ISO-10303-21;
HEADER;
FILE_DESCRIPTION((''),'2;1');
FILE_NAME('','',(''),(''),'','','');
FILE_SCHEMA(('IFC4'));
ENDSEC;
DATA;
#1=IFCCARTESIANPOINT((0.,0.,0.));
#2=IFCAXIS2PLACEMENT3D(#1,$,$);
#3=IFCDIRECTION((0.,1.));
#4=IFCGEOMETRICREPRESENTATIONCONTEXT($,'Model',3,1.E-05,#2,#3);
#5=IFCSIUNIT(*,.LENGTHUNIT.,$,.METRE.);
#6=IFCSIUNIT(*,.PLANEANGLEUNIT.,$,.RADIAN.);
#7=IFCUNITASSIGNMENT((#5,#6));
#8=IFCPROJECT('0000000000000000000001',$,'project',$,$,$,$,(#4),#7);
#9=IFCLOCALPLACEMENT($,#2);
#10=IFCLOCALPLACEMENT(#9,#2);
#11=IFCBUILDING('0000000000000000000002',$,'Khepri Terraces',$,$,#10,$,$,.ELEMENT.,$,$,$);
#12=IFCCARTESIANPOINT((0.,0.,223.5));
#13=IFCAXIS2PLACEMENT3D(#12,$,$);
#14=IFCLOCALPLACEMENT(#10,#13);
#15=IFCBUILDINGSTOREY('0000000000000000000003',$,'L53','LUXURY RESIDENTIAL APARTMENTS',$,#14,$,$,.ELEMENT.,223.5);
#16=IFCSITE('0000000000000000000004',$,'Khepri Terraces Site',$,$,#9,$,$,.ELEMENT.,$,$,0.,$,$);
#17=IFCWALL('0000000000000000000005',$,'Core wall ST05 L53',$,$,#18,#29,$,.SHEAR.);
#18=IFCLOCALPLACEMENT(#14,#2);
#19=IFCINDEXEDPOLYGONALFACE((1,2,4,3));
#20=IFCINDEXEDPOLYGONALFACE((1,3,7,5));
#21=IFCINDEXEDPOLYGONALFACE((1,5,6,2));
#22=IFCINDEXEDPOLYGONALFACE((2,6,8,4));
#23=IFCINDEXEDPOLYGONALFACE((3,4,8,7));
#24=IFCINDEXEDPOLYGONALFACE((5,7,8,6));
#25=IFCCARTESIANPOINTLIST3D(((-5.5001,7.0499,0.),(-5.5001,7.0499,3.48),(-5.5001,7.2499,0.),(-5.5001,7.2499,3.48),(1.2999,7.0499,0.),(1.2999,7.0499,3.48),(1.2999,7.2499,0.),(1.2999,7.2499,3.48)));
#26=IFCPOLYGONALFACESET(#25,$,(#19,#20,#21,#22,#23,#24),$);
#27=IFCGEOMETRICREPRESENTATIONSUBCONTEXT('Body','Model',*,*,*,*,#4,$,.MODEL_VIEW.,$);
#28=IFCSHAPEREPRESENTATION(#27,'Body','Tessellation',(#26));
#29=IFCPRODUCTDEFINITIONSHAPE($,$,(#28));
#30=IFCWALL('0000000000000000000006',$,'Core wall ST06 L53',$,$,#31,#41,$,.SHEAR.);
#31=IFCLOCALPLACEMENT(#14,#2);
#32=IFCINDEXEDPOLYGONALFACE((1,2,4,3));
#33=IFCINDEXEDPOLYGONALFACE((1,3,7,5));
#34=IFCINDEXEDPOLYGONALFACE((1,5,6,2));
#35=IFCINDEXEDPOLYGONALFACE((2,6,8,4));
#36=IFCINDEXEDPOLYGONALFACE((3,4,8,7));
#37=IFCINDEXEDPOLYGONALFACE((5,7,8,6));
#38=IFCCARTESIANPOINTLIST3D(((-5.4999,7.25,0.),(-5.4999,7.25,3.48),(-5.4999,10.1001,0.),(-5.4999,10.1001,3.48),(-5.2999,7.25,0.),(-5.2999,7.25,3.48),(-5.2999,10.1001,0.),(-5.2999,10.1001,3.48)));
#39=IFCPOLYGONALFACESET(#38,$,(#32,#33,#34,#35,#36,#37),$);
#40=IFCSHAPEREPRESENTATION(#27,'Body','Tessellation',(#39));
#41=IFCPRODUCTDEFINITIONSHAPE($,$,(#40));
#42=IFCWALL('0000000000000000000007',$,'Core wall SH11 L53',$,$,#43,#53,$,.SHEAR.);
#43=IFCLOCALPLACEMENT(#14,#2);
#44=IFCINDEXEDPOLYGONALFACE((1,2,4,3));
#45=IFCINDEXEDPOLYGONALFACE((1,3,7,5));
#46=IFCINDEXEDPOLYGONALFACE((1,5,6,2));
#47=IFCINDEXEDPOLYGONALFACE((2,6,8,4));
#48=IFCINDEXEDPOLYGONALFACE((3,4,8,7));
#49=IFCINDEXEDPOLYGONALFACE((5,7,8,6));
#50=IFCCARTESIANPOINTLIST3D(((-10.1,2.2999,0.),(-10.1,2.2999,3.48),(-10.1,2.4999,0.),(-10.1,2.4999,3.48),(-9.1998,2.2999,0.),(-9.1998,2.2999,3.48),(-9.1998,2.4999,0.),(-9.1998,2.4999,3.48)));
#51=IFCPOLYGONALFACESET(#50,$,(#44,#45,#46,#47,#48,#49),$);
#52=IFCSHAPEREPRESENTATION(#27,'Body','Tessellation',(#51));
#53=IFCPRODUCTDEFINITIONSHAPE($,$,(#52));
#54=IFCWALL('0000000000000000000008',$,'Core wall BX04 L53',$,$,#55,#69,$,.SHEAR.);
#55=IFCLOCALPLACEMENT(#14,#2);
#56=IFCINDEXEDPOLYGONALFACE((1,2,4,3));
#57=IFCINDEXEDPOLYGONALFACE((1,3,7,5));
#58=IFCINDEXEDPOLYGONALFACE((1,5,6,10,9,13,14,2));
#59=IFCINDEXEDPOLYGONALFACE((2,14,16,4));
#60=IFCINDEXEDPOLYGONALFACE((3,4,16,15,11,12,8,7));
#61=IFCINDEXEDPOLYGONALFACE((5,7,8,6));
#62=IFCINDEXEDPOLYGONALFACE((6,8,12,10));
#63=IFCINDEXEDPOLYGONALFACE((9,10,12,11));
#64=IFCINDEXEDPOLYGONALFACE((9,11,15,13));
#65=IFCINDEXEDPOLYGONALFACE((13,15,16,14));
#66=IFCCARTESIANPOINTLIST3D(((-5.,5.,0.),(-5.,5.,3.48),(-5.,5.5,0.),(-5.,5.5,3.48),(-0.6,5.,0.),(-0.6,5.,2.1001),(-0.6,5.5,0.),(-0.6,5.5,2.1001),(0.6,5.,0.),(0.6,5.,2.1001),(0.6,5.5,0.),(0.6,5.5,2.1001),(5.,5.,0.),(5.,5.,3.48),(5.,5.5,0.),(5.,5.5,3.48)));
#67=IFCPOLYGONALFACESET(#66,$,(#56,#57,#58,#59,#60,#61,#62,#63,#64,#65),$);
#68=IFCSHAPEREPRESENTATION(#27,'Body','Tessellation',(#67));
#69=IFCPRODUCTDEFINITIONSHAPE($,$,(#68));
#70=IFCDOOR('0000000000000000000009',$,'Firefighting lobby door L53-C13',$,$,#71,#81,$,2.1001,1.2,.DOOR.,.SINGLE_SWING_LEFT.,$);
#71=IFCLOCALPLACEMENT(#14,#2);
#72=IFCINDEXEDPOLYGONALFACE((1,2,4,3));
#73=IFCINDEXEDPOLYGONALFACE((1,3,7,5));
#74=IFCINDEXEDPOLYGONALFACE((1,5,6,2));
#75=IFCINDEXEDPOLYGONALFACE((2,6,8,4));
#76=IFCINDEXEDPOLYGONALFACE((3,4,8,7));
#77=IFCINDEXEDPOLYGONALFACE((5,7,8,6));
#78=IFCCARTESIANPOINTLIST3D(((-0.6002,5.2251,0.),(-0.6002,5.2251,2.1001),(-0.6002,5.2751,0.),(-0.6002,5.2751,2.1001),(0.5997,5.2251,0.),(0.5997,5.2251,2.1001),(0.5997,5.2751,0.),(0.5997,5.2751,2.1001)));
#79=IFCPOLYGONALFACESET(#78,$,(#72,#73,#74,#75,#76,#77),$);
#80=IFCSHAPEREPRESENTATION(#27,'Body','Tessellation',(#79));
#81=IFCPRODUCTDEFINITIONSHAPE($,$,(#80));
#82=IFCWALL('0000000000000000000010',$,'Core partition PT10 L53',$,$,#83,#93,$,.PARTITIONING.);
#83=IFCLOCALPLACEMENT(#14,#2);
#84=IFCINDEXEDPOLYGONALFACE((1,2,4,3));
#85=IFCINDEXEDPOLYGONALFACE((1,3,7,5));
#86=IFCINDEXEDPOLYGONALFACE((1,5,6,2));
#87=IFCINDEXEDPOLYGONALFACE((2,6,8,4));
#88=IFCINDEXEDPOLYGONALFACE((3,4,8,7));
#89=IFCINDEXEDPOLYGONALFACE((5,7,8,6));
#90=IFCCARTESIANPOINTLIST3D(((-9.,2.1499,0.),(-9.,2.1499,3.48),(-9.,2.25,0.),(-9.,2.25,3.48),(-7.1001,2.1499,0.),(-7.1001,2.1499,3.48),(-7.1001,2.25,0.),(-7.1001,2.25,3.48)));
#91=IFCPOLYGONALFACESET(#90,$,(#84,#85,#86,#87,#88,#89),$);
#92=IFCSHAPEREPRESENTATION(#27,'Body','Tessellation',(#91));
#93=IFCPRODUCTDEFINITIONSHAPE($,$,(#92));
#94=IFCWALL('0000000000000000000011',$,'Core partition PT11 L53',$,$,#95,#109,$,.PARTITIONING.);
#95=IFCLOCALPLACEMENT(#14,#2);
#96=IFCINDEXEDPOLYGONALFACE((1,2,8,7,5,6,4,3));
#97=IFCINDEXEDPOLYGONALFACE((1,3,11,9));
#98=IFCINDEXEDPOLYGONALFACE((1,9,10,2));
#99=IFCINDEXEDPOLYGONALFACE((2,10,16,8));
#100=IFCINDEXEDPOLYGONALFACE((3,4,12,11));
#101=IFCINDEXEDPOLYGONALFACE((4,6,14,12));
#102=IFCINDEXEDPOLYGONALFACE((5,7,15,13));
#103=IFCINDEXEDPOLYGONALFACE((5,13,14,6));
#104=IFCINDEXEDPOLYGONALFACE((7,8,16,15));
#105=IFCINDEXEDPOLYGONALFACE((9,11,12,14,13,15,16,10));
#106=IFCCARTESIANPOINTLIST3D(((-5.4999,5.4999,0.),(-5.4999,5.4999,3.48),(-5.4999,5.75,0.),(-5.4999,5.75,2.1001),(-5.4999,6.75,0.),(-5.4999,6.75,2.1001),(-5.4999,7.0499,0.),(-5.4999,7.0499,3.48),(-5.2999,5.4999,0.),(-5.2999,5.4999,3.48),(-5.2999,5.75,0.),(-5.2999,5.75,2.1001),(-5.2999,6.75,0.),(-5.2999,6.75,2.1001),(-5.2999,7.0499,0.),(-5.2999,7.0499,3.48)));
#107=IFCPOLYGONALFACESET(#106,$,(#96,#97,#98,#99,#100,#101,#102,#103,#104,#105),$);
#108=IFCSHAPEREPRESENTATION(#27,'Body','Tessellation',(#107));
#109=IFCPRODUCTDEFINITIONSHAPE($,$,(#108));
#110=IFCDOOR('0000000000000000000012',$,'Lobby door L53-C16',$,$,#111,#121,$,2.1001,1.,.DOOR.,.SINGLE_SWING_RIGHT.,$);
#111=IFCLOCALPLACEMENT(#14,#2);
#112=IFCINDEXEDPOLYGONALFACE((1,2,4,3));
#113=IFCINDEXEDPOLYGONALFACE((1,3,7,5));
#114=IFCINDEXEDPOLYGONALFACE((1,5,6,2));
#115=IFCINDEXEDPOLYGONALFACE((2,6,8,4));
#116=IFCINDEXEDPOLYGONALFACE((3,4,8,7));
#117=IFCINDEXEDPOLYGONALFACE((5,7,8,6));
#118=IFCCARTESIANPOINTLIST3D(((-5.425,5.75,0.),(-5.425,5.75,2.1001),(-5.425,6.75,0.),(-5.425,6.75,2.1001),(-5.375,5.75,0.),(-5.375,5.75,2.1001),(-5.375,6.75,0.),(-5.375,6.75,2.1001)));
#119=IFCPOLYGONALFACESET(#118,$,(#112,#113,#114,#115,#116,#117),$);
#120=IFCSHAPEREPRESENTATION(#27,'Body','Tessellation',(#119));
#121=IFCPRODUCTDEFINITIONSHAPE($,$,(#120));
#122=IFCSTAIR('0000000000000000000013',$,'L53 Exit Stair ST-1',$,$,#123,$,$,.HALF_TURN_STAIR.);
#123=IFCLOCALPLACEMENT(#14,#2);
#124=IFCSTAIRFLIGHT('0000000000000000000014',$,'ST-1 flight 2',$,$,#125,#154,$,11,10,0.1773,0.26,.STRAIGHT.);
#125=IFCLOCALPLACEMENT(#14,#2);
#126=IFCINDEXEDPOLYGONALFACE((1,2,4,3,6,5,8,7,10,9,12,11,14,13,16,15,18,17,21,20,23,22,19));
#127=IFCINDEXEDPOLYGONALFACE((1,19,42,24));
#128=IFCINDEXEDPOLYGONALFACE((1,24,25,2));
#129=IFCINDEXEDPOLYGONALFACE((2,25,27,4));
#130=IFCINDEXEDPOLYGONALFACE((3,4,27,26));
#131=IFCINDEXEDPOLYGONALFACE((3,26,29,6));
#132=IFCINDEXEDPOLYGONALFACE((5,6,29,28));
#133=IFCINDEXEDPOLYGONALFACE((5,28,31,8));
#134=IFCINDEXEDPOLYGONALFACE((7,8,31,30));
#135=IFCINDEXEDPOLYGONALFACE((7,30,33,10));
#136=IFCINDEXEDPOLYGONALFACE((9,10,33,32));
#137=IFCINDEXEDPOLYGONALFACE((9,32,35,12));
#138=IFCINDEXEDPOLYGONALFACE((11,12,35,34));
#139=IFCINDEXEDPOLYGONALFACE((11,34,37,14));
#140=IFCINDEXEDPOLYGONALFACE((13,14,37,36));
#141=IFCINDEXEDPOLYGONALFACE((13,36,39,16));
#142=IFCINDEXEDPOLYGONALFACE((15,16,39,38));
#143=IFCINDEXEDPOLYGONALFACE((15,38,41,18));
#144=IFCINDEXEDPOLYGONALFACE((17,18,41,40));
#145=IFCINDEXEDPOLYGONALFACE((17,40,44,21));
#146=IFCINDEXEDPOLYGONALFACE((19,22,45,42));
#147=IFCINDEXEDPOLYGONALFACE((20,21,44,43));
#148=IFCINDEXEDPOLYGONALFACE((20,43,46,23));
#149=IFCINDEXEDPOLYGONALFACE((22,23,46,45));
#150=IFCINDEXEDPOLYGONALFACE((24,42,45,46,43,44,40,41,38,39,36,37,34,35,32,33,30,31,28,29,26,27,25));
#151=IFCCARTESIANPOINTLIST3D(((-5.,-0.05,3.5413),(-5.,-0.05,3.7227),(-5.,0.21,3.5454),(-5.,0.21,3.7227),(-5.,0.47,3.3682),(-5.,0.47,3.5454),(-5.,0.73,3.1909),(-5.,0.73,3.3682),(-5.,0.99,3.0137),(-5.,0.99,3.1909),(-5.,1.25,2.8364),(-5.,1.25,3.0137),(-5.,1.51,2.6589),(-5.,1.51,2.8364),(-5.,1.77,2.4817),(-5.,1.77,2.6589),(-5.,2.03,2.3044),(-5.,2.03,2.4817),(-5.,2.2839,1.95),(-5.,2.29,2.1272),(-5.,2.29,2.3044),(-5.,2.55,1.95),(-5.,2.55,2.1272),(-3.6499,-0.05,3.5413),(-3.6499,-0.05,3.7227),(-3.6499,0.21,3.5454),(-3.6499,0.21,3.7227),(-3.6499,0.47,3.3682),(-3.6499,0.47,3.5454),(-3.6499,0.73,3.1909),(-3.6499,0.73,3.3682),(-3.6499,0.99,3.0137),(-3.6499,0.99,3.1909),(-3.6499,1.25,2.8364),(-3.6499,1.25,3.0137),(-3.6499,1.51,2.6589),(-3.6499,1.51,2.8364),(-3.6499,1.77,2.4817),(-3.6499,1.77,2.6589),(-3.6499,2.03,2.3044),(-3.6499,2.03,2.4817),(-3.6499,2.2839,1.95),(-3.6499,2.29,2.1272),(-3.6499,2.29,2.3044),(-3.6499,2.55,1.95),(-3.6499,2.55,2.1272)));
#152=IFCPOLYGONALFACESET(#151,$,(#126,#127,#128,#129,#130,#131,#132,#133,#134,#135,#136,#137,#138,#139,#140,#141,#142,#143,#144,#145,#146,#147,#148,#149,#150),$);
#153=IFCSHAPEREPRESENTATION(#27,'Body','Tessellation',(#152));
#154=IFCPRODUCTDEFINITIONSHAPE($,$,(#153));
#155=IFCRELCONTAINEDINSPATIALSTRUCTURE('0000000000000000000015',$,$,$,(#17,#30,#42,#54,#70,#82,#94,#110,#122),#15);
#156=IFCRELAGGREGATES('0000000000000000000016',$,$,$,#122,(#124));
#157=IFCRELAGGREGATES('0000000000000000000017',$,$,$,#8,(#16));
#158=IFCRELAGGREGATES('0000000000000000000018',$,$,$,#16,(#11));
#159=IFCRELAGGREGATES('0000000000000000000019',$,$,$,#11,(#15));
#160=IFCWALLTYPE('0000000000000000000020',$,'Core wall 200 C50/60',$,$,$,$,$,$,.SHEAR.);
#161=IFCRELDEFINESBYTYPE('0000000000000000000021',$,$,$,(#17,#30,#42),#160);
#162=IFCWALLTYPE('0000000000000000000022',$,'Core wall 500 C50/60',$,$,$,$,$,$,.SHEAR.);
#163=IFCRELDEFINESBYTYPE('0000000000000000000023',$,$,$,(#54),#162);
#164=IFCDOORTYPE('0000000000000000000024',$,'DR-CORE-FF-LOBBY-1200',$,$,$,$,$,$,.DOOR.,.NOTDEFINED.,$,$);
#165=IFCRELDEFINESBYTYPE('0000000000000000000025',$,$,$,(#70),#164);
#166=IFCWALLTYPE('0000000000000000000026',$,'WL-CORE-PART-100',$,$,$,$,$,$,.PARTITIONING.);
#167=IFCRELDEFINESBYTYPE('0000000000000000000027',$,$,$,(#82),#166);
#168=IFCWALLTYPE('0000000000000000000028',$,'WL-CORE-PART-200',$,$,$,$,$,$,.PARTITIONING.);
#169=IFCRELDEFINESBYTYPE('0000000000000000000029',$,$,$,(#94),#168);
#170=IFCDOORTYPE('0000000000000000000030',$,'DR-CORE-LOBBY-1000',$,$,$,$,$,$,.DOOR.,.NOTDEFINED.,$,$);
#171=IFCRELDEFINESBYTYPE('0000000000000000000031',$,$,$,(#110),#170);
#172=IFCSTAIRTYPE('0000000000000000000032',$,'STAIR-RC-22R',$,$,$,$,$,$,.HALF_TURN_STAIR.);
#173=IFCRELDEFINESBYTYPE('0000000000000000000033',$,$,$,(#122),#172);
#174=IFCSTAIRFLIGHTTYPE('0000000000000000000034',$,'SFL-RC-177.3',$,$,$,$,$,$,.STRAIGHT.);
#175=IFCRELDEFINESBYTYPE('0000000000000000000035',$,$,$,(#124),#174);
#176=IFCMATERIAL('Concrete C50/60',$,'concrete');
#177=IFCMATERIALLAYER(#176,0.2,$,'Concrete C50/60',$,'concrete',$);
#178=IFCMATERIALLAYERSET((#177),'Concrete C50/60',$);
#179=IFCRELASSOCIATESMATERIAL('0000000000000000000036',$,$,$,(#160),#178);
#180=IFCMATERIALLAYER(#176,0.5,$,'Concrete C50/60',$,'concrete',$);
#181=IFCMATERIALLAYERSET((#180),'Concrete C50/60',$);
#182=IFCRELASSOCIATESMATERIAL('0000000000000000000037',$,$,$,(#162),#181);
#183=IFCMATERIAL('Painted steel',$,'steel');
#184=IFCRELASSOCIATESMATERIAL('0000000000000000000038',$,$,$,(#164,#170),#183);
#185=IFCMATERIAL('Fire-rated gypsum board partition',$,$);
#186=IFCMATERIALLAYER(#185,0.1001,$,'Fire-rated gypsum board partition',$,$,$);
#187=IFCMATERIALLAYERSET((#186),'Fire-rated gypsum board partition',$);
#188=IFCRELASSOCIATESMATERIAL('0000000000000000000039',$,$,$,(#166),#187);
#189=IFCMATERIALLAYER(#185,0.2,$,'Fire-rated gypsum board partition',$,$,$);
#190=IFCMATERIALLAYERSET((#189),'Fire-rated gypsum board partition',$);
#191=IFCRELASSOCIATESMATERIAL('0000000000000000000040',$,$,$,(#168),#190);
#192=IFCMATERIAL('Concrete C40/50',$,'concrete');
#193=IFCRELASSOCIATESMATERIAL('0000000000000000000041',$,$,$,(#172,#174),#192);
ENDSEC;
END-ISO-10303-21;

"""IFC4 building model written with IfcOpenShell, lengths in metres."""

from ifc_helpers import new_model, si_unit, direction, frame, frame_2d, origin, place, context, subcontext, project, spatial, polyline, rectangle, outline, extrude, material, layer, layer_set, type_object, element, fill, aggregate, save


model = new_model("IFC4")

# Units and contexts
model_context = context("Model", 3, precision=1e-05, world=origin(), true_north=direction((0.0, 1.0)))
body_context = subcontext(model_context, "Body", "Model", "MODEL_VIEW")
ifc_project = project(units=[si_unit("LENGTHUNIT", "METRE"), si_unit("PLANEANGLEUNIT", "RADIAN")], contexts=[model_context])

# Site, building, storey
site_placement = place(None, origin())
site = spatial("IfcSite", under=ifc_project, at=site_placement, Name="Khepri Terraces Site", CompositionType="ELEMENT", RefElevation=0.0)
building_placement = place(site_placement, origin())
building = spatial("IfcBuilding", under=site, at=building_placement, Name="Khepri Terraces", CompositionType="ELEMENT")
storey_placement = place(building_placement, frame((0.0, 0.0, 223.5)))
storey = spatial("IfcBuildingStorey", under=building, at=storey_placement, Name="L53", Description="LUXURY RESIDENTIAL APARTMENTS", CompositionType="ELEMENT", Elevation=223.5)

# Walls
ifc_material_1 = material(Name="Concrete C50/60", Category="concrete")
ifc_layer_1 = layer(ifc_material_1, 0.2, Name="Concrete C50/60", Category="concrete")
ifc_layer_set_1 = layer_set([ifc_layer_1], Name="Concrete C50/60")
wall_type_1 = type_object("IfcWallType", Name="Core wall 200 C50/60", PredefinedType="SHEAR", material=ifc_layer_set_1)
wall_1_placement = place(storey_placement, frame((-5.5, 7.1499, 0.0), z_axis=(0.0, 0.0, 1.0), x_axis=(1.0, 0.0, 0.0)))
element("IfcWall", 1, at=wall_1_placement, inside=storey, type_object=wall_type_1, Name="Core wall ST05 L53", PredefinedType="SHEAR", context=body_context, shape_type="SweptSolid", body=[
    extrude(rectangle(XDim=6.8, YDim=0.2, at=frame_2d((3.3999, 0.0))), origin(), (0.0, 0.0, 1.0), 3.48),
])
wall_2_placement = place(storey_placement, frame((-5.3999, 7.25, 0.0), z_axis=(0.0, 0.0, 1.0), x_axis=(0.0, 1.0, 0.0)))
element("IfcWall", 2, at=wall_2_placement, inside=storey, type_object=wall_type_1, Name="Core wall ST06 L53", PredefinedType="SHEAR", context=body_context, shape_type="SweptSolid", body=[
    extrude(rectangle(XDim=2.8501, YDim=0.2, at=frame_2d((1.425, 0.0))), origin(), (0.0, 0.0, 1.0), 3.48),
])
wall_3_placement = place(storey_placement, frame((-10.1001, 2.3999, 0.0), z_axis=(0.0, 0.0, 1.0), x_axis=(1.0, 0.0, 0.0)))
element("IfcWall", 3, at=wall_3_placement, inside=storey, type_object=wall_type_1, Name="Core wall SH11 L53", PredefinedType="SHEAR", context=body_context, shape_type="SweptSolid", body=[
    extrude(rectangle(XDim=0.9001, YDim=0.2, at=frame_2d((0.4502, 0.0))), origin(), (0.0, 0.0, 1.0), 3.48),
])

# Wall, opening, door
ifc_layer_2 = layer(ifc_material_1, 0.5, Name="Concrete C50/60", Category="concrete")
ifc_layer_set_2 = layer_set([ifc_layer_2], Name="Concrete C50/60")
wall_type_2 = type_object("IfcWallType", Name="Core wall 500 C50/60", PredefinedType="SHEAR", material=ifc_layer_set_2)
wall_4_placement = place(storey_placement, frame((-5.0, 5.25, 0.0), z_axis=(0.0, 0.0, 1.0), x_axis=(1.0, 0.0, 0.0)))
wall_4 = element("IfcWall", 4, at=wall_4_placement, inside=storey, type_object=wall_type_2, Name="Core wall BX04 L53", PredefinedType="SHEAR", context=body_context, shape_type="SweptSolid", body=[
    extrude(rectangle(XDim=10.0, YDim=0.5, at=frame_2d((5.0, 0.0))), origin(), (0.0, 0.0, 1.0), 3.48),
])
opening_1_placement = place(wall_4_placement, frame((4.3999, 0.0, 0.0)))
opening_1 = element("IfcOpeningElement", 5, at=opening_1_placement, cuts=wall_4, PredefinedType="OPENING", context=body_context, shape_type="SweptSolid", body=[
    extrude(rectangle(XDim=1.2, YDim=2.1001, at=frame_2d((0.6001, 1.05))), frame((0.0, 0.26, 0.0), z_axis=(0.0, -1.0, 0.0), x_axis=(1.0, 0.0, 0.0)), (0.0, 0.0, 1.0), 0.52),
])
ifc_material_2 = material(Name="Painted steel", Category="steel")
door_type_1 = type_object("IfcDoorType", Name="DR-CORE-FF-LOBBY-1200", OperationType="NOTDEFINED", PredefinedType="DOOR", material=ifc_material_2)
door_1_placement = place(opening_1_placement, frame((1.2, 0.0, 0.0), z_axis=(0.0, 0.0, 1.0), x_axis=(-1.0, 0.0, 0.0)))
door_1 = element("IfcDoor", 6, at=door_1_placement, inside=storey, type_object=door_type_1, Name="Firefighting lobby door L53-C13", OperationType="SINGLE_SWING_LEFT", OverallHeight=2.1001, OverallWidth=1.2, PredefinedType="DOOR", context=body_context, shape_type="SweptSolid", body=[
    extrude(rectangle(XDim=1.2, YDim=2.1001, at=frame_2d((0.6001, 1.05))), frame((0.0, 0.0249, 0.0), z_axis=(0.0, -1.0, 0.0), x_axis=(1.0, 0.0, 0.0)), (0.0, 0.0, 1.0), 0.05),
])
fill(opening_1, door_1)

# Wall
ifc_material_3 = material(Name="Fire-rated gypsum board partition")
ifc_layer_3 = layer(ifc_material_3, 0.1001, Name="Fire-rated gypsum board partition")
ifc_layer_set_3 = layer_set([ifc_layer_3], Name="Fire-rated gypsum board partition")
wall_type_3 = type_object("IfcWallType", Name="WL-CORE-PART-100", PredefinedType="PARTITIONING", material=ifc_layer_set_3)
wall_5_placement = place(storey_placement, frame((-9.0, 2.2, 0.0), z_axis=(0.0, 0.0, 1.0), x_axis=(1.0, 0.0, 0.0)))
element("IfcWall", 7, at=wall_5_placement, inside=storey, type_object=wall_type_3, Name="Core partition PT10 L53", PredefinedType="PARTITIONING", context=body_context, shape_type="SweptSolid", body=[
    extrude(rectangle(XDim=1.8999, YDim=0.1001, at=frame_2d((0.95, 0.0))), origin(), (0.0, 0.0, 1.0), 3.48),
])

# Wall, opening, door
ifc_layer_4 = layer(ifc_material_3, 0.2, Name="Fire-rated gypsum board partition")
ifc_layer_set_4 = layer_set([ifc_layer_4], Name="Fire-rated gypsum board partition")
wall_type_4 = type_object("IfcWallType", Name="WL-CORE-PART-200", PredefinedType="PARTITIONING", material=ifc_layer_set_4)
wall_6_placement = place(storey_placement, frame((-5.3999, 5.5, 0.0), z_axis=(0.0, 0.0, 1.0), x_axis=(0.0, 1.0, 0.0)))
wall_6 = element("IfcWall", 8, at=wall_6_placement, inside=storey, type_object=wall_type_4, Name="Core partition PT11 L53", PredefinedType="PARTITIONING", context=body_context, shape_type="SweptSolid", body=[
    extrude(rectangle(XDim=1.55, YDim=0.2, at=frame_2d((0.7749, 0.0))), origin(), (0.0, 0.0, 1.0), 3.48),
])
opening_2_placement = place(wall_6_placement, frame((0.25, 0.0, 0.0)))
opening_2 = element("IfcOpeningElement", 9, at=opening_2_placement, cuts=wall_6, PredefinedType="OPENING", context=body_context, shape_type="SweptSolid", body=[
    extrude(rectangle(XDim=1.0, YDim=2.1001, at=frame_2d((0.5, 1.05))), frame((0.0, 0.1099, 0.0), z_axis=(0.0, -1.0, 0.0), x_axis=(1.0, 0.0, 0.0)), (0.0, 0.0, 1.0), 0.22),
])
door_type_2 = type_object("IfcDoorType", Name="DR-CORE-LOBBY-1000", OperationType="NOTDEFINED", PredefinedType="DOOR", material=ifc_material_2)
door_2_placement = place(opening_2_placement, frame((1.0, 0.0, 0.0), z_axis=(0.0, 0.0, 1.0), x_axis=(-1.0, 0.0, 0.0)))
door_2 = element("IfcDoor", 10, at=door_2_placement, inside=storey, type_object=door_type_2, Name="Lobby door L53-C16", OperationType="SINGLE_SWING_RIGHT", OverallHeight=2.1001, OverallWidth=1.0, PredefinedType="DOOR", context=body_context, shape_type="SweptSolid", body=[
    extrude(rectangle(XDim=1.0, YDim=2.1001, at=frame_2d((0.5, 1.05))), frame((0.0, 0.0249, 0.0), z_axis=(0.0, -1.0, 0.0), x_axis=(1.0, 0.0, 0.0)), (0.0, 0.0, 1.0), 0.05),
])
fill(opening_2, door_2)

# Stair, stair flight
ifc_material_4 = material(Name="Concrete C40/50", Category="concrete")
stair_type = type_object("IfcStairType", Name="STAIR-RC-22R", PredefinedType="HALF_TURN_STAIR", material=ifc_material_4)
stair_1_placement = place(storey_placement, origin())
stair_1 = element("IfcStair", 11, at=stair_1_placement, inside=storey, type_object=stair_type, Name="L53 Exit Stair ST-1", PredefinedType="HALF_TURN_STAIR")
stair_flight_type = type_object("IfcStairFlightType", Name="SFL-RC-177.3", PredefinedType="STRAIGHT", material=ifc_material_4)
stair_flight_1_placement = place(storey_placement, frame((-4.325, 2.55, 1.95), z_axis=(0.0, 0.0, 1.0), x_axis=(0.0, -1.0, 0.0)))
stair_flight_1 = element("IfcStairFlight", 12, at=stair_flight_1_placement, type_object=stair_flight_type, Name="ST-1 flight 2", NumberOfRisers=11, NumberOfTreads=10, PredefinedType="STRAIGHT", RiserHeight=0.1773, TreadLength=0.26, context=body_context, shape_type="SweptSolid", body=[
    extrude(outline(polyline([(0.0, 0.0), (0.0, 0.1772), (0.26, 0.1772), (0.26, 0.3545), (0.52, 0.3545), (0.52, 0.5317), (0.78, 0.5317), (0.78, 0.709), (1.04, 0.709), (1.04, 0.8865), (1.3, 0.8865), (1.3, 1.0637), (1.5601, 1.0637), (1.5601, 1.241), (1.8201, 1.241), (1.8201, 1.4182), (2.0801, 1.4182), (2.0801, 1.5955), (2.3401, 1.5955), (2.3401, 1.7727), (2.6001, 1.7727), (2.6001, 1.95), (2.6001, 1.5913), (0.2661, 0.0), (0.0, 0.0)])), frame((0.0, 0.675, 0.0), z_axis=(0.0, -1.0, 0.0), x_axis=(1.0, 0.0, 0.0)), (0.0, 0.0, 1.0), 1.3501),
])
aggregate(stair_1, [stair_flight_1])

save(model, "model.ifc")
